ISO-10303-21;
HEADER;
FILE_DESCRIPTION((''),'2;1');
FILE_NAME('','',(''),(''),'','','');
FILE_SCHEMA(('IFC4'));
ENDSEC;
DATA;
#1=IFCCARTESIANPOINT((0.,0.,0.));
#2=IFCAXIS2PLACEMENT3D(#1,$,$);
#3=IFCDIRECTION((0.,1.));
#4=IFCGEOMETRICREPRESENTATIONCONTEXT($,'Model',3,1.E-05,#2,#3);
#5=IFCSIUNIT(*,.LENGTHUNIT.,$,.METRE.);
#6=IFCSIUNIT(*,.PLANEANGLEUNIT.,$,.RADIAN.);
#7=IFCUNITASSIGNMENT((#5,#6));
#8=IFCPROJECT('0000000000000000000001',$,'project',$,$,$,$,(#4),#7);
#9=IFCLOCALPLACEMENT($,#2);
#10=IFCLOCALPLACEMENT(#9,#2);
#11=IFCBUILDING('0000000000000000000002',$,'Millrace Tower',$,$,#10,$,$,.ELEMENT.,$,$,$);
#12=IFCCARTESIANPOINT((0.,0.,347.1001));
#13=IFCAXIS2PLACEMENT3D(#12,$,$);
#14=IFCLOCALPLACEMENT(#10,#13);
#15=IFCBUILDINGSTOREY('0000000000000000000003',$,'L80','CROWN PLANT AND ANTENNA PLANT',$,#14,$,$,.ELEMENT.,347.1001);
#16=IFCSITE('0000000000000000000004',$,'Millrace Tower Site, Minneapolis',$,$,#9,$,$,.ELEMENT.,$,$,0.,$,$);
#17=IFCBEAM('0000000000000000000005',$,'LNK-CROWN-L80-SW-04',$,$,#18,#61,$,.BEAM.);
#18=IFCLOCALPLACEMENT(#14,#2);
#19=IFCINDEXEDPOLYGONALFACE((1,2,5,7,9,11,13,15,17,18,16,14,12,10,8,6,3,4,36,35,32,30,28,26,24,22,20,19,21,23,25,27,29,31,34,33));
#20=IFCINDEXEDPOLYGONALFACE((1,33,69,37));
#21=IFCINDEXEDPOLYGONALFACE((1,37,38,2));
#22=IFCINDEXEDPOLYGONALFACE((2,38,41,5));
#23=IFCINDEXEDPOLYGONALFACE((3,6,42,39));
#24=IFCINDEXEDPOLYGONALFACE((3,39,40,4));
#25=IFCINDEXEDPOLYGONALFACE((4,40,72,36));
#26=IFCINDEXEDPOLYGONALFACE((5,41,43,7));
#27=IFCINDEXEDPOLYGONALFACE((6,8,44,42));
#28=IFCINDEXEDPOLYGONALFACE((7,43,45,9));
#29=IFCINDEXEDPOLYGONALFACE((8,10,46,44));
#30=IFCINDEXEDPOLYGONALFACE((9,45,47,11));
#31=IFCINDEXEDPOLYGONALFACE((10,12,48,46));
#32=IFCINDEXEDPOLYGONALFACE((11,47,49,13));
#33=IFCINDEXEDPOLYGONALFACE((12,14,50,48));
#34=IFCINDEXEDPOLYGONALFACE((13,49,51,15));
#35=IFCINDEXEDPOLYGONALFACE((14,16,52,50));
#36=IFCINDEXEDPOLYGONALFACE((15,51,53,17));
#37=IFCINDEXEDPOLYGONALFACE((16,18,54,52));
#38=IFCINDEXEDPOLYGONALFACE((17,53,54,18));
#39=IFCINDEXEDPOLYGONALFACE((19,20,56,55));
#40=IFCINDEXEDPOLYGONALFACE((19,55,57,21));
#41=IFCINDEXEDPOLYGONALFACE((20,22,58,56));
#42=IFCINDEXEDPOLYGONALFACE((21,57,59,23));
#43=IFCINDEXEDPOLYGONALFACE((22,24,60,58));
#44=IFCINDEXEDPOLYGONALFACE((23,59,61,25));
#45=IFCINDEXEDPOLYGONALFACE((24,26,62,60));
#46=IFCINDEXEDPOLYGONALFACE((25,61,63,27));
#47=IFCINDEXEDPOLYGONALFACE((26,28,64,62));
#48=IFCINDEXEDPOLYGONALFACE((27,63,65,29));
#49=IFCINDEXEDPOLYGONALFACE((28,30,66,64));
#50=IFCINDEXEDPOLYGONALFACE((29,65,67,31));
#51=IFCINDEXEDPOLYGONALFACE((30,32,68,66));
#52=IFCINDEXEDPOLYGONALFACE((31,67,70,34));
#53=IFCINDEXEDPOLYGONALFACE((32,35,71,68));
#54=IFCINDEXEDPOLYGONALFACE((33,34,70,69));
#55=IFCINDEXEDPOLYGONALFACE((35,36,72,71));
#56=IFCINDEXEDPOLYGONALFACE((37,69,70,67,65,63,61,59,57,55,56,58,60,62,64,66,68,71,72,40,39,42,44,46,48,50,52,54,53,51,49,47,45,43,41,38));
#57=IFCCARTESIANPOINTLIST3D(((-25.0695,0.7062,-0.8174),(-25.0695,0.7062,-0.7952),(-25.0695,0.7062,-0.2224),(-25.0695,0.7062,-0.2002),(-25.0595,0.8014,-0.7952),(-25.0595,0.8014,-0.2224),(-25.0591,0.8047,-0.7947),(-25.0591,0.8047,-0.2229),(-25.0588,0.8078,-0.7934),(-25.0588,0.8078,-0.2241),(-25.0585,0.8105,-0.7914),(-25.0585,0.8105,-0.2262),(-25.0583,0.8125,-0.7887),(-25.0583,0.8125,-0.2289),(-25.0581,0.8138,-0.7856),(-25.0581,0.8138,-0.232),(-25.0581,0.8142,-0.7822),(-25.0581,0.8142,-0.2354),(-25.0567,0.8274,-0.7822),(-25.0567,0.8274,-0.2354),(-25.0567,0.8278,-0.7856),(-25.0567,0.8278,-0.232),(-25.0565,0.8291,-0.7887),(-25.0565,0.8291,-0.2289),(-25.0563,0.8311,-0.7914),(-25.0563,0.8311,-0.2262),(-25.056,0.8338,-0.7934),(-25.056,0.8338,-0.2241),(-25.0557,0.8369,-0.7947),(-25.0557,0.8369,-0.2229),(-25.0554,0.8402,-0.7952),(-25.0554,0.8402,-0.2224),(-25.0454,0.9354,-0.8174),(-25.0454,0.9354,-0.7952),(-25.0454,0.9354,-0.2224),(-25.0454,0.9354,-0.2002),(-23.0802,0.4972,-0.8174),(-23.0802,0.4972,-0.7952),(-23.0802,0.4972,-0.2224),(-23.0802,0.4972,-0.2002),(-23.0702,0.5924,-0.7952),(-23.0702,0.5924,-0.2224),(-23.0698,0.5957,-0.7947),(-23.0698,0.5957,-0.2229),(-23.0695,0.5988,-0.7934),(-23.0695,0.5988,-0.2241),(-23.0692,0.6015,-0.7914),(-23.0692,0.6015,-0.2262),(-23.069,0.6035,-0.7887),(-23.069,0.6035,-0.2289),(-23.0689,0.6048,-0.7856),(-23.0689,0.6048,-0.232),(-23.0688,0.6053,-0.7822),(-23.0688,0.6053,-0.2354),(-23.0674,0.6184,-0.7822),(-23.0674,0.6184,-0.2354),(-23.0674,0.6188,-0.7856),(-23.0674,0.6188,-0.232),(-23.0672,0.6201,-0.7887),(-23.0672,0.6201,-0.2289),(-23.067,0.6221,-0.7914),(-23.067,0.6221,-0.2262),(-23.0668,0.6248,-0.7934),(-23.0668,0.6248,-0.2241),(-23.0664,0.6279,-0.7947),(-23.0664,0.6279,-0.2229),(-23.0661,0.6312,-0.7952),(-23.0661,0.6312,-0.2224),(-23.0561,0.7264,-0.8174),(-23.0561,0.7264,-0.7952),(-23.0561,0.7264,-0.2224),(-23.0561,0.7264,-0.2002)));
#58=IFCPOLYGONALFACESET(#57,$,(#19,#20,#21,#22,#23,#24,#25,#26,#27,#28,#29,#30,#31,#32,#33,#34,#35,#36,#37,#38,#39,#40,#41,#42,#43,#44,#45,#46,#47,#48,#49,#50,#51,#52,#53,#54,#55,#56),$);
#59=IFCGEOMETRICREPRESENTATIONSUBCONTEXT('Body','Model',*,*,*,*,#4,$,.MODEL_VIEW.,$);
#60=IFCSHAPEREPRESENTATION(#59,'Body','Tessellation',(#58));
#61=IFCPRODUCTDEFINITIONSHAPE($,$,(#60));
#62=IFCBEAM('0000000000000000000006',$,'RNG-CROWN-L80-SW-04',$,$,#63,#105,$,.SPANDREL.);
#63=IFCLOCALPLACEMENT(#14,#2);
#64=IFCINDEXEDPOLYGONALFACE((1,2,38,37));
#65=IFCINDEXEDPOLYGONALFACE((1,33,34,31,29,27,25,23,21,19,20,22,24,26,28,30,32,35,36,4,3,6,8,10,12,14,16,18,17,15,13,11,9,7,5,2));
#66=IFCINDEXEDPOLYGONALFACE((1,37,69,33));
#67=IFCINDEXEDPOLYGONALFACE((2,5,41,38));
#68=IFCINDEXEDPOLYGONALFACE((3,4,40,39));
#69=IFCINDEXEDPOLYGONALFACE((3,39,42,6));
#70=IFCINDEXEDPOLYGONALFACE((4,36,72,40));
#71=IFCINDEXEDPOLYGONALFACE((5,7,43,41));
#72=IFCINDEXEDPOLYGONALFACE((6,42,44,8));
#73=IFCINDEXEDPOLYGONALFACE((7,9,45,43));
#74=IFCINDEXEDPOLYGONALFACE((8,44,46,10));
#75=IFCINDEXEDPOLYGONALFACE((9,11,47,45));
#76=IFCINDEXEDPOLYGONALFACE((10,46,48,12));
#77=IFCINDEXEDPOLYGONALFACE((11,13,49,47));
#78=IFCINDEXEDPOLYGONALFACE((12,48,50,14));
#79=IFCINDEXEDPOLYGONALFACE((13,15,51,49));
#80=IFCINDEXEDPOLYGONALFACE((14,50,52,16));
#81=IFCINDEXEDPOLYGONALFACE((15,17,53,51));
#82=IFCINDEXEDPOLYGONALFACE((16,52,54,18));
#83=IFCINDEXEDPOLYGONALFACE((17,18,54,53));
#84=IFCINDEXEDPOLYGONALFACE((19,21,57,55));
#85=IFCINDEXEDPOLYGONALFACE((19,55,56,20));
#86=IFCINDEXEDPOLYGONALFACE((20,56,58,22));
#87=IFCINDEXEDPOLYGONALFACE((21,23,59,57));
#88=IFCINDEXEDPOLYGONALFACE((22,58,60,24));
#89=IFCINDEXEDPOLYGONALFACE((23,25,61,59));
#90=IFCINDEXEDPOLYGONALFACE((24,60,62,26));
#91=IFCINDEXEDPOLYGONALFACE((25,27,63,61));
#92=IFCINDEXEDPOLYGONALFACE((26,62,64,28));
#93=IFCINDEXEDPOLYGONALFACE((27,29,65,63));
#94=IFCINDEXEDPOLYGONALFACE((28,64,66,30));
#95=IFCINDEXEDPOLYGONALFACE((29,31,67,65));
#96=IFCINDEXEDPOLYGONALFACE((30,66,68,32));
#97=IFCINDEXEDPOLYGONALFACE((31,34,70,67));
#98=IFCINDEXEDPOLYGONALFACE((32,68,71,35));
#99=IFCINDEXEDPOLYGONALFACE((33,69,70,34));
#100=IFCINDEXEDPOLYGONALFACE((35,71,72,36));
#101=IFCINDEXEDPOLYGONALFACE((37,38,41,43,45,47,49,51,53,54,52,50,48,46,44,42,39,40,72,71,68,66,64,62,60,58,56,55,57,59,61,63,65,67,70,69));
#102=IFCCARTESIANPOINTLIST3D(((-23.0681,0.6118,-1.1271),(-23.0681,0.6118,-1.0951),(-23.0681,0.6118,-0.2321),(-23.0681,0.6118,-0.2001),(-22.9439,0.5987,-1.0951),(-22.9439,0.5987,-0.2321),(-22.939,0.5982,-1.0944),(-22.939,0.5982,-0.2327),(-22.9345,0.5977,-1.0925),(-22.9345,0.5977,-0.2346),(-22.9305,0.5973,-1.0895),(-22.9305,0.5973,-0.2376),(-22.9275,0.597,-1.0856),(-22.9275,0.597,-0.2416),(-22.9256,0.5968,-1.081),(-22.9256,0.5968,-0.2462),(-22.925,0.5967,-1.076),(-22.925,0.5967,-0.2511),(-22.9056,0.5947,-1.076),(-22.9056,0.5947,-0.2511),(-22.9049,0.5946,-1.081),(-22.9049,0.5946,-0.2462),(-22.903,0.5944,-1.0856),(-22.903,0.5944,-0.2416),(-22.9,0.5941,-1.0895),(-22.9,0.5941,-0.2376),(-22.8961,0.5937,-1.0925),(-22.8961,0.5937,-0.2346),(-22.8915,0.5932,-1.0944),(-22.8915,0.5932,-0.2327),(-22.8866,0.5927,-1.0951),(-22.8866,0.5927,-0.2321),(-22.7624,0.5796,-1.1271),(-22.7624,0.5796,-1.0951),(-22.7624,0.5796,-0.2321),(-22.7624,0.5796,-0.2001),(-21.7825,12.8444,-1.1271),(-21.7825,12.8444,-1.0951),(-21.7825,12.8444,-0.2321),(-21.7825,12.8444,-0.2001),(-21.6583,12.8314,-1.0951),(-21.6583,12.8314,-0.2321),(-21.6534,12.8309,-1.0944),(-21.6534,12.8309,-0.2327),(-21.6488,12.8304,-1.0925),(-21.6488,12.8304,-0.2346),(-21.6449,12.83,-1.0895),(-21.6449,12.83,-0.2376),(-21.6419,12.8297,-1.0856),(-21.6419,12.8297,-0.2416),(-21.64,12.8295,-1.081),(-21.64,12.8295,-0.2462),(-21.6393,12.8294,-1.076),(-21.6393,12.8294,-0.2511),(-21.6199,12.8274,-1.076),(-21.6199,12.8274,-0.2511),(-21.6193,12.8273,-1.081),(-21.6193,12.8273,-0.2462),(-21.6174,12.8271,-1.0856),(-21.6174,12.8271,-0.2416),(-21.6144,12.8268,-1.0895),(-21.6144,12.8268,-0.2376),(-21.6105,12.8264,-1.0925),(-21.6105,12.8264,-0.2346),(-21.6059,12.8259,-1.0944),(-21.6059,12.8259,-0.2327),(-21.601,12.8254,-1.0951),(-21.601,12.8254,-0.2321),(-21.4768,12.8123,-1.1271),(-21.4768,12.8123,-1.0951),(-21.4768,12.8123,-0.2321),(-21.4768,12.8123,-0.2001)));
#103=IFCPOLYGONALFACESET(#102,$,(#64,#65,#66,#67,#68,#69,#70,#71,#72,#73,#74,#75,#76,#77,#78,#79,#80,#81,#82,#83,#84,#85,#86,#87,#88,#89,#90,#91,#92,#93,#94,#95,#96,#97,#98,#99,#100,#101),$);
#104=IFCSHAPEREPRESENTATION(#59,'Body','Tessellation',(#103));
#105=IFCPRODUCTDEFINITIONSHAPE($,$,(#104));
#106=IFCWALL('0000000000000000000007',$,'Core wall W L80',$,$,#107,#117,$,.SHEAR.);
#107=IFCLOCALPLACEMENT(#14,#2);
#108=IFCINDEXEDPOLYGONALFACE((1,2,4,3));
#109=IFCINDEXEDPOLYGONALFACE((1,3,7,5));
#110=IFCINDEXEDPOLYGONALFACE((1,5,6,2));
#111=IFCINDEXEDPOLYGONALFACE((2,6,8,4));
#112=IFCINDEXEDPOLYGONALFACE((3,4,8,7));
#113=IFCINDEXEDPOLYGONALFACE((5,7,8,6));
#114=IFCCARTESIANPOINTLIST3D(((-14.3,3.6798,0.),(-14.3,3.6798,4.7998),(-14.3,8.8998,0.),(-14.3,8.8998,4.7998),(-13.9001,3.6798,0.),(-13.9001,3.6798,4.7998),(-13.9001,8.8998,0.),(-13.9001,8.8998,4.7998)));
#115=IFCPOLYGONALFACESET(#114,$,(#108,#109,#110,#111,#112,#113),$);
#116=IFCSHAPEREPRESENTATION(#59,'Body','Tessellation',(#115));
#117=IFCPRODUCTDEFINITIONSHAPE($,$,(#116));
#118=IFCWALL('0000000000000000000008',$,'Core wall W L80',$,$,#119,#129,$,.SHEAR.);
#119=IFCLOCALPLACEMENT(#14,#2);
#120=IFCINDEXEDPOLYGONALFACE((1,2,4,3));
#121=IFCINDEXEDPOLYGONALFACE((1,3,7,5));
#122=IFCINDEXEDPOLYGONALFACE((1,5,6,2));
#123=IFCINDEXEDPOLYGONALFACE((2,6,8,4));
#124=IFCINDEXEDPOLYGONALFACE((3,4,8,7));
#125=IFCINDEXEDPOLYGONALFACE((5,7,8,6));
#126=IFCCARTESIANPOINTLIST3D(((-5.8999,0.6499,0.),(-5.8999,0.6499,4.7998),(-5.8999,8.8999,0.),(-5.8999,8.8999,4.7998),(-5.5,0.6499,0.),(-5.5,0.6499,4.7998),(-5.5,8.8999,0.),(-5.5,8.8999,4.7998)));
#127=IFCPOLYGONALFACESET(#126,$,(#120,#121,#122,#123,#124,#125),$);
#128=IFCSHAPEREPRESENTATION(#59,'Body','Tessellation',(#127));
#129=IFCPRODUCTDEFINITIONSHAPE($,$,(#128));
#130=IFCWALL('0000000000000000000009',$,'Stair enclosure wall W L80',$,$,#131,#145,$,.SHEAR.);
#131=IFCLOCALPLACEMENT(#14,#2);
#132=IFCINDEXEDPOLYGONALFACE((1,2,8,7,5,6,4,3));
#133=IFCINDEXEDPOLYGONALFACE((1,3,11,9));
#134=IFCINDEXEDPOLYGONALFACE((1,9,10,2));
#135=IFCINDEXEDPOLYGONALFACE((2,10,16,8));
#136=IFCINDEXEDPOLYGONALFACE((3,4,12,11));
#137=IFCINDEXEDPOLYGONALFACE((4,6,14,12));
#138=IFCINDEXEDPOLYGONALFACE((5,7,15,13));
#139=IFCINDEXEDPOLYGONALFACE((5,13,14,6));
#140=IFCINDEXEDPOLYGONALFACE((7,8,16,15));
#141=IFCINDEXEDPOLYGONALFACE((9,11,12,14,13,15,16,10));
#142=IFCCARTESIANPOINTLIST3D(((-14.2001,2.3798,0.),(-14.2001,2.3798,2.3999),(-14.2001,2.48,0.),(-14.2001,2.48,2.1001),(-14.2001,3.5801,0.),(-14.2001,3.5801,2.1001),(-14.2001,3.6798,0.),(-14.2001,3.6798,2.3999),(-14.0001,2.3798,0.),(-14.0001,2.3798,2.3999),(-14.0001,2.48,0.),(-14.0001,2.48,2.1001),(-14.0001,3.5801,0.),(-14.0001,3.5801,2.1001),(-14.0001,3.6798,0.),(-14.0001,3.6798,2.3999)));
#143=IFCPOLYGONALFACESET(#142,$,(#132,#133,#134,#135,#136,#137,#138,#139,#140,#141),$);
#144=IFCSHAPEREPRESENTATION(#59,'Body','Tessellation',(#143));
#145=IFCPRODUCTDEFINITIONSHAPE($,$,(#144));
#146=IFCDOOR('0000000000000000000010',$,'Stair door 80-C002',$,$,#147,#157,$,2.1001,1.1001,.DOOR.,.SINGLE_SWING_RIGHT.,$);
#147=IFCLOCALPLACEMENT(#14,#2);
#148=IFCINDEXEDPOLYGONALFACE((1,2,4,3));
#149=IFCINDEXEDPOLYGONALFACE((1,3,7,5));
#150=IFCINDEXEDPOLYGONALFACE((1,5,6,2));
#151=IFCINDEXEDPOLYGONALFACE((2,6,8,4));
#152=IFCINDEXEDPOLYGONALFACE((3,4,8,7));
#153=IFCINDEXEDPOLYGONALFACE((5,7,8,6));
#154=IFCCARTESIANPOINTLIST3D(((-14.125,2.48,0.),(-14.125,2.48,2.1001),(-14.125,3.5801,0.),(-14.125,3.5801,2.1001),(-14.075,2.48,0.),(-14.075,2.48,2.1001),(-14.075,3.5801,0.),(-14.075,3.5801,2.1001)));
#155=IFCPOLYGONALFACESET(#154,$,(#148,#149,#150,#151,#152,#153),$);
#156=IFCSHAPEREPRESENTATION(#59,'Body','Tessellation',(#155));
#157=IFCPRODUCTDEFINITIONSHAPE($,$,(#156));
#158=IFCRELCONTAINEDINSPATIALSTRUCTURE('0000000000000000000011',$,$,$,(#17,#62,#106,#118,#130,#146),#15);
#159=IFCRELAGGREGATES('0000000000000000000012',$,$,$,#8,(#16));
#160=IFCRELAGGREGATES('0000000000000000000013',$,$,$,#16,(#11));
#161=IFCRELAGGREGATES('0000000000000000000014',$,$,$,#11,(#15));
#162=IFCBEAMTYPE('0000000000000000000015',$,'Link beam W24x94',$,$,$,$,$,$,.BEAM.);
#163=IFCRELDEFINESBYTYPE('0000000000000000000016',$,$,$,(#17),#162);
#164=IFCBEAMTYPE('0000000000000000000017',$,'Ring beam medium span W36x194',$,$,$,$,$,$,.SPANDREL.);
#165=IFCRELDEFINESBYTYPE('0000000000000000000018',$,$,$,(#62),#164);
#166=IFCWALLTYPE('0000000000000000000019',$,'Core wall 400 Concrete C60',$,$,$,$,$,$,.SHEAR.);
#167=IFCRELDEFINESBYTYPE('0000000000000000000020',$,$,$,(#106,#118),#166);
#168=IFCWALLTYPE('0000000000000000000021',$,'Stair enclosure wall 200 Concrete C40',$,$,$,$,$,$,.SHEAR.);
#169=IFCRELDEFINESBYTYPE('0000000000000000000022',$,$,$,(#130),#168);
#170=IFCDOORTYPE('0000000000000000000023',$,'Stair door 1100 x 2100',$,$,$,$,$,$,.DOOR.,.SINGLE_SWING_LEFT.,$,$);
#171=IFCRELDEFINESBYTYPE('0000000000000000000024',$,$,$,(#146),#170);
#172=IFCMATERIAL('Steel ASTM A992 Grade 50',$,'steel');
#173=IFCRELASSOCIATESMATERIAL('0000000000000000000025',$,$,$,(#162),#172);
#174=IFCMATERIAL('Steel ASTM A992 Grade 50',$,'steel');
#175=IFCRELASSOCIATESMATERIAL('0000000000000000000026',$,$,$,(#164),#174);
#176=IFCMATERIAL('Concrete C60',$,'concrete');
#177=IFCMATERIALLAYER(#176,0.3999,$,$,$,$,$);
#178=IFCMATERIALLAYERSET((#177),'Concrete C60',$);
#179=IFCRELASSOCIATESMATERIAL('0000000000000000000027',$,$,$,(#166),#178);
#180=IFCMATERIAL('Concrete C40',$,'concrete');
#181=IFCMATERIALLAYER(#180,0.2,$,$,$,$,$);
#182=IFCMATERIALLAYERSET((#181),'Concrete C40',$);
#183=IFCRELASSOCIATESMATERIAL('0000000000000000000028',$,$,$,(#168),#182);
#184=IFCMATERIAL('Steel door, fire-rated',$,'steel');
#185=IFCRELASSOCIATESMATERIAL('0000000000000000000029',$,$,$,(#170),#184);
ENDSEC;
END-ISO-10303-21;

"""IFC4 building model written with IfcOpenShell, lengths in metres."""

from ifc_helpers import new_model, si_unit, direction, frame, frame_2d, origin, origin_2d, place, context, subcontext, project, spatial, rectangle, i_section, extrude, material, layer, layer_set, material_profile, profile_set, type_object, element, fill, save


model = new_model("IFC4")

# Units and contexts
model_context = context("Model", 3, precision=1e-05, world=origin(), true_north=direction((0.0, 1.0)))
body_context = subcontext(model_context, "Body", "Model", "MODEL_VIEW")
ifc_project = project(units=[si_unit("LENGTHUNIT", "METRE"), si_unit("PLANEANGLEUNIT", "RADIAN")], contexts=[model_context])

# Site, building, storey
site_placement = place(None, origin())
site = spatial("IfcSite", under=ifc_project, at=site_placement, Name="Millrace Tower Site, Minneapolis", CompositionType="ELEMENT", RefElevation=0.0)
building_placement = place(site_placement, origin())
building = spatial("IfcBuilding", under=site, at=building_placement, Name="Millrace Tower", CompositionType="ELEMENT")
storey_placement = place(building_placement, frame((0.0, 0.0, 347.1001)))
storey = spatial("IfcBuildingStorey", under=building, at=storey_placement, Name="L80", Description="CROWN PLANT AND ANTENNA PLANT", CompositionType="ELEMENT", Elevation=347.1001)

# Beams
ifc_material_1 = material(Name="Steel ASTM A992 Grade 50", Category="steel")
ifc_material_profile_1 = material_profile(ifc_material_1, i_section(OverallWidth=0.2305, OverallDepth=0.6172, WebThickness=0.0132, FlangeThickness=0.0222, FilletRadius=0.0129, at=origin_2d()))
ifc_profile_set_1 = profile_set([ifc_material_profile_1], Name="Steel ASTM A992 Grade 50")
beam_type_1 = type_object("IfcBeamType", Name="Link beam W24x94", PredefinedType="BEAM", material=ifc_profile_set_1)
beam_1_placement = place(storey_placement, frame((-23.0681, 0.6118, -0.5088), z_axis=(-0.994527, 0.104481, 0.0), x_axis=(-0.104481, -0.994527, 0.0)))
element("IfcBeam", 1, at=beam_1_placement, inside=storey, type_object=beam_type_1, Name="LNK-CROWN-L80-SW-04", PredefinedType="BEAM", context=body_context, shape_type="SweptSolid", body=[
    extrude(i_section(OverallWidth=0.2305, OverallDepth=0.6172, WebThickness=0.0132, FlangeThickness=0.0222, FilletRadius=0.0129, at=origin_2d()), origin(), (0.0, 0.0, 1.0), 2.0002),
])
ifc_material_2 = material(Name="Steel ASTM A992 Grade 50", Category="steel")
ifc_material_profile_2 = material_profile(ifc_material_2, i_section(OverallWidth=0.3074, OverallDepth=0.927, WebThickness=0.0195, FlangeThickness=0.032, FilletRadius=0.019, at=origin_2d()))
ifc_profile_set_2 = profile_set([ifc_material_profile_2], Name="Steel ASTM A992 Grade 50")
beam_type_2 = type_object("IfcBeamType", Name="Ring beam medium span W36x194", PredefinedType="SPANDREL", material=ifc_profile_set_2)
beam_2_placement = place(storey_placement, frame((-22.9153, 0.5957, -0.6636), z_axis=(0.104524, 0.994522, 0.0), x_axis=(-0.994522, 0.104524, 0.0)))
element("IfcBeam", 2, at=beam_2_placement, inside=storey, type_object=beam_type_2, Name="RNG-CROWN-L80-SW-04", PredefinedType="SPANDREL", context=body_context, shape_type="SweptSolid", body=[
    extrude(i_section(OverallWidth=0.3074, OverallDepth=0.927, WebThickness=0.0195, FlangeThickness=0.032, FilletRadius=0.019, at=origin_2d()), origin(), (0.0, 0.0, 1.0), 12.3),
])

# Walls
ifc_material_3 = material(Name="Concrete C60", Category="concrete")
ifc_layer_1 = layer(ifc_material_3, 0.3999)
ifc_layer_set_1 = layer_set([ifc_layer_1], Name="Concrete C60")
wall_type_1 = type_object("IfcWallType", Name="Core wall 400 Concrete C60", PredefinedType="SHEAR", material=ifc_layer_set_1)
wall_1_placement = place(storey_placement, frame((-14.1001, 3.6799, 0.0), z_axis=(0.0, 0.0, 1.0), x_axis=(0.0, 1.0, 0.0)))
element("IfcWall", 3, at=wall_1_placement, inside=storey, type_object=wall_type_1, Name="Core wall W L80", PredefinedType="SHEAR", context=body_context, shape_type="SweptSolid", body=[
    extrude(rectangle(XDim=5.22, YDim=0.3999, at=frame_2d((2.6099, 0.0))), origin(), (0.0, 0.0, 1.0), 4.7998),
])
wall_2_placement = place(storey_placement, frame((-5.7, 0.6499, 0.0), z_axis=(0.0, 0.0, 1.0), x_axis=(0.0, 1.0, 0.0)))
element("IfcWall", 4, at=wall_2_placement, inside=storey, type_object=wall_type_1, Name="Core wall W L80", PredefinedType="SHEAR", context=body_context, shape_type="SweptSolid", body=[
    extrude(rectangle(XDim=8.25, YDim=0.3999, at=frame_2d((4.125, 0.0))), origin(), (0.0, 0.0, 1.0), 4.7998),
])

# Wall, opening, door
ifc_material_4 = material(Name="Concrete C40", Category="concrete")
ifc_layer_2 = layer(ifc_material_4, 0.2)
ifc_layer_set_2 = layer_set([ifc_layer_2], Name="Concrete C40")
wall_type_2 = type_object("IfcWallType", Name="Stair enclosure wall 200 Concrete C40", PredefinedType="SHEAR", material=ifc_layer_set_2)
wall_3_placement = place(storey_placement, frame((-14.1001, 2.3799, 0.0), z_axis=(0.0, 0.0, 1.0), x_axis=(0.0, 1.0, 0.0)))
wall_3 = element("IfcWall", 5, at=wall_3_placement, inside=storey, type_object=wall_type_2, Name="Stair enclosure wall W L80", PredefinedType="SHEAR", context=body_context, shape_type="SweptSolid", body=[
    extrude(rectangle(XDim=1.3, YDim=0.2, at=frame_2d((0.6499, 0.0))), origin(), (0.0, 0.0, 1.0), 2.3999),
])
opening_1_placement = place(wall_3_placement, frame((0.1001, 0.0, 0.0)))
opening_1 = element("IfcOpeningElement", 6, at=opening_1_placement, cuts=wall_3, PredefinedType="OPENING", context=body_context, shape_type="SweptSolid", body=[
    extrude(rectangle(XDim=1.1001, YDim=2.1001, at=frame_2d((0.55, 1.05))), frame((0.0, 0.1099, 0.0), z_axis=(0.0, -1.0, 0.0), x_axis=(1.0, 0.0, 0.0)), (0.0, 0.0, 1.0), 0.22),
])
ifc_material_5 = material(Name="Steel door, fire-rated", Category="steel")
door_type_1 = type_object("IfcDoorType", Name="Stair door 1100 x 2100", OperationType="SINGLE_SWING_LEFT", PredefinedType="DOOR", material=ifc_material_5)
door_1_placement = place(opening_1_placement, origin())
door_1 = element("IfcDoor", 7, at=door_1_placement, inside=storey, type_object=door_type_1, Name="Stair door 80-C002", OperationType="SINGLE_SWING_RIGHT", OverallHeight=2.1001, OverallWidth=1.1001, PredefinedType="DOOR", context=body_context, shape_type="SweptSolid", body=[
    extrude(rectangle(XDim=1.1001, YDim=2.1001, at=frame_2d((0.55, 1.05))), frame((0.0, 0.0249, 0.0), z_axis=(0.0, -1.0, 0.0), x_axis=(1.0, 0.0, 0.0)), (0.0, 0.0, 1.0), 0.05),
])
fill(opening_1, door_1)

save(model, "model.ifc")
